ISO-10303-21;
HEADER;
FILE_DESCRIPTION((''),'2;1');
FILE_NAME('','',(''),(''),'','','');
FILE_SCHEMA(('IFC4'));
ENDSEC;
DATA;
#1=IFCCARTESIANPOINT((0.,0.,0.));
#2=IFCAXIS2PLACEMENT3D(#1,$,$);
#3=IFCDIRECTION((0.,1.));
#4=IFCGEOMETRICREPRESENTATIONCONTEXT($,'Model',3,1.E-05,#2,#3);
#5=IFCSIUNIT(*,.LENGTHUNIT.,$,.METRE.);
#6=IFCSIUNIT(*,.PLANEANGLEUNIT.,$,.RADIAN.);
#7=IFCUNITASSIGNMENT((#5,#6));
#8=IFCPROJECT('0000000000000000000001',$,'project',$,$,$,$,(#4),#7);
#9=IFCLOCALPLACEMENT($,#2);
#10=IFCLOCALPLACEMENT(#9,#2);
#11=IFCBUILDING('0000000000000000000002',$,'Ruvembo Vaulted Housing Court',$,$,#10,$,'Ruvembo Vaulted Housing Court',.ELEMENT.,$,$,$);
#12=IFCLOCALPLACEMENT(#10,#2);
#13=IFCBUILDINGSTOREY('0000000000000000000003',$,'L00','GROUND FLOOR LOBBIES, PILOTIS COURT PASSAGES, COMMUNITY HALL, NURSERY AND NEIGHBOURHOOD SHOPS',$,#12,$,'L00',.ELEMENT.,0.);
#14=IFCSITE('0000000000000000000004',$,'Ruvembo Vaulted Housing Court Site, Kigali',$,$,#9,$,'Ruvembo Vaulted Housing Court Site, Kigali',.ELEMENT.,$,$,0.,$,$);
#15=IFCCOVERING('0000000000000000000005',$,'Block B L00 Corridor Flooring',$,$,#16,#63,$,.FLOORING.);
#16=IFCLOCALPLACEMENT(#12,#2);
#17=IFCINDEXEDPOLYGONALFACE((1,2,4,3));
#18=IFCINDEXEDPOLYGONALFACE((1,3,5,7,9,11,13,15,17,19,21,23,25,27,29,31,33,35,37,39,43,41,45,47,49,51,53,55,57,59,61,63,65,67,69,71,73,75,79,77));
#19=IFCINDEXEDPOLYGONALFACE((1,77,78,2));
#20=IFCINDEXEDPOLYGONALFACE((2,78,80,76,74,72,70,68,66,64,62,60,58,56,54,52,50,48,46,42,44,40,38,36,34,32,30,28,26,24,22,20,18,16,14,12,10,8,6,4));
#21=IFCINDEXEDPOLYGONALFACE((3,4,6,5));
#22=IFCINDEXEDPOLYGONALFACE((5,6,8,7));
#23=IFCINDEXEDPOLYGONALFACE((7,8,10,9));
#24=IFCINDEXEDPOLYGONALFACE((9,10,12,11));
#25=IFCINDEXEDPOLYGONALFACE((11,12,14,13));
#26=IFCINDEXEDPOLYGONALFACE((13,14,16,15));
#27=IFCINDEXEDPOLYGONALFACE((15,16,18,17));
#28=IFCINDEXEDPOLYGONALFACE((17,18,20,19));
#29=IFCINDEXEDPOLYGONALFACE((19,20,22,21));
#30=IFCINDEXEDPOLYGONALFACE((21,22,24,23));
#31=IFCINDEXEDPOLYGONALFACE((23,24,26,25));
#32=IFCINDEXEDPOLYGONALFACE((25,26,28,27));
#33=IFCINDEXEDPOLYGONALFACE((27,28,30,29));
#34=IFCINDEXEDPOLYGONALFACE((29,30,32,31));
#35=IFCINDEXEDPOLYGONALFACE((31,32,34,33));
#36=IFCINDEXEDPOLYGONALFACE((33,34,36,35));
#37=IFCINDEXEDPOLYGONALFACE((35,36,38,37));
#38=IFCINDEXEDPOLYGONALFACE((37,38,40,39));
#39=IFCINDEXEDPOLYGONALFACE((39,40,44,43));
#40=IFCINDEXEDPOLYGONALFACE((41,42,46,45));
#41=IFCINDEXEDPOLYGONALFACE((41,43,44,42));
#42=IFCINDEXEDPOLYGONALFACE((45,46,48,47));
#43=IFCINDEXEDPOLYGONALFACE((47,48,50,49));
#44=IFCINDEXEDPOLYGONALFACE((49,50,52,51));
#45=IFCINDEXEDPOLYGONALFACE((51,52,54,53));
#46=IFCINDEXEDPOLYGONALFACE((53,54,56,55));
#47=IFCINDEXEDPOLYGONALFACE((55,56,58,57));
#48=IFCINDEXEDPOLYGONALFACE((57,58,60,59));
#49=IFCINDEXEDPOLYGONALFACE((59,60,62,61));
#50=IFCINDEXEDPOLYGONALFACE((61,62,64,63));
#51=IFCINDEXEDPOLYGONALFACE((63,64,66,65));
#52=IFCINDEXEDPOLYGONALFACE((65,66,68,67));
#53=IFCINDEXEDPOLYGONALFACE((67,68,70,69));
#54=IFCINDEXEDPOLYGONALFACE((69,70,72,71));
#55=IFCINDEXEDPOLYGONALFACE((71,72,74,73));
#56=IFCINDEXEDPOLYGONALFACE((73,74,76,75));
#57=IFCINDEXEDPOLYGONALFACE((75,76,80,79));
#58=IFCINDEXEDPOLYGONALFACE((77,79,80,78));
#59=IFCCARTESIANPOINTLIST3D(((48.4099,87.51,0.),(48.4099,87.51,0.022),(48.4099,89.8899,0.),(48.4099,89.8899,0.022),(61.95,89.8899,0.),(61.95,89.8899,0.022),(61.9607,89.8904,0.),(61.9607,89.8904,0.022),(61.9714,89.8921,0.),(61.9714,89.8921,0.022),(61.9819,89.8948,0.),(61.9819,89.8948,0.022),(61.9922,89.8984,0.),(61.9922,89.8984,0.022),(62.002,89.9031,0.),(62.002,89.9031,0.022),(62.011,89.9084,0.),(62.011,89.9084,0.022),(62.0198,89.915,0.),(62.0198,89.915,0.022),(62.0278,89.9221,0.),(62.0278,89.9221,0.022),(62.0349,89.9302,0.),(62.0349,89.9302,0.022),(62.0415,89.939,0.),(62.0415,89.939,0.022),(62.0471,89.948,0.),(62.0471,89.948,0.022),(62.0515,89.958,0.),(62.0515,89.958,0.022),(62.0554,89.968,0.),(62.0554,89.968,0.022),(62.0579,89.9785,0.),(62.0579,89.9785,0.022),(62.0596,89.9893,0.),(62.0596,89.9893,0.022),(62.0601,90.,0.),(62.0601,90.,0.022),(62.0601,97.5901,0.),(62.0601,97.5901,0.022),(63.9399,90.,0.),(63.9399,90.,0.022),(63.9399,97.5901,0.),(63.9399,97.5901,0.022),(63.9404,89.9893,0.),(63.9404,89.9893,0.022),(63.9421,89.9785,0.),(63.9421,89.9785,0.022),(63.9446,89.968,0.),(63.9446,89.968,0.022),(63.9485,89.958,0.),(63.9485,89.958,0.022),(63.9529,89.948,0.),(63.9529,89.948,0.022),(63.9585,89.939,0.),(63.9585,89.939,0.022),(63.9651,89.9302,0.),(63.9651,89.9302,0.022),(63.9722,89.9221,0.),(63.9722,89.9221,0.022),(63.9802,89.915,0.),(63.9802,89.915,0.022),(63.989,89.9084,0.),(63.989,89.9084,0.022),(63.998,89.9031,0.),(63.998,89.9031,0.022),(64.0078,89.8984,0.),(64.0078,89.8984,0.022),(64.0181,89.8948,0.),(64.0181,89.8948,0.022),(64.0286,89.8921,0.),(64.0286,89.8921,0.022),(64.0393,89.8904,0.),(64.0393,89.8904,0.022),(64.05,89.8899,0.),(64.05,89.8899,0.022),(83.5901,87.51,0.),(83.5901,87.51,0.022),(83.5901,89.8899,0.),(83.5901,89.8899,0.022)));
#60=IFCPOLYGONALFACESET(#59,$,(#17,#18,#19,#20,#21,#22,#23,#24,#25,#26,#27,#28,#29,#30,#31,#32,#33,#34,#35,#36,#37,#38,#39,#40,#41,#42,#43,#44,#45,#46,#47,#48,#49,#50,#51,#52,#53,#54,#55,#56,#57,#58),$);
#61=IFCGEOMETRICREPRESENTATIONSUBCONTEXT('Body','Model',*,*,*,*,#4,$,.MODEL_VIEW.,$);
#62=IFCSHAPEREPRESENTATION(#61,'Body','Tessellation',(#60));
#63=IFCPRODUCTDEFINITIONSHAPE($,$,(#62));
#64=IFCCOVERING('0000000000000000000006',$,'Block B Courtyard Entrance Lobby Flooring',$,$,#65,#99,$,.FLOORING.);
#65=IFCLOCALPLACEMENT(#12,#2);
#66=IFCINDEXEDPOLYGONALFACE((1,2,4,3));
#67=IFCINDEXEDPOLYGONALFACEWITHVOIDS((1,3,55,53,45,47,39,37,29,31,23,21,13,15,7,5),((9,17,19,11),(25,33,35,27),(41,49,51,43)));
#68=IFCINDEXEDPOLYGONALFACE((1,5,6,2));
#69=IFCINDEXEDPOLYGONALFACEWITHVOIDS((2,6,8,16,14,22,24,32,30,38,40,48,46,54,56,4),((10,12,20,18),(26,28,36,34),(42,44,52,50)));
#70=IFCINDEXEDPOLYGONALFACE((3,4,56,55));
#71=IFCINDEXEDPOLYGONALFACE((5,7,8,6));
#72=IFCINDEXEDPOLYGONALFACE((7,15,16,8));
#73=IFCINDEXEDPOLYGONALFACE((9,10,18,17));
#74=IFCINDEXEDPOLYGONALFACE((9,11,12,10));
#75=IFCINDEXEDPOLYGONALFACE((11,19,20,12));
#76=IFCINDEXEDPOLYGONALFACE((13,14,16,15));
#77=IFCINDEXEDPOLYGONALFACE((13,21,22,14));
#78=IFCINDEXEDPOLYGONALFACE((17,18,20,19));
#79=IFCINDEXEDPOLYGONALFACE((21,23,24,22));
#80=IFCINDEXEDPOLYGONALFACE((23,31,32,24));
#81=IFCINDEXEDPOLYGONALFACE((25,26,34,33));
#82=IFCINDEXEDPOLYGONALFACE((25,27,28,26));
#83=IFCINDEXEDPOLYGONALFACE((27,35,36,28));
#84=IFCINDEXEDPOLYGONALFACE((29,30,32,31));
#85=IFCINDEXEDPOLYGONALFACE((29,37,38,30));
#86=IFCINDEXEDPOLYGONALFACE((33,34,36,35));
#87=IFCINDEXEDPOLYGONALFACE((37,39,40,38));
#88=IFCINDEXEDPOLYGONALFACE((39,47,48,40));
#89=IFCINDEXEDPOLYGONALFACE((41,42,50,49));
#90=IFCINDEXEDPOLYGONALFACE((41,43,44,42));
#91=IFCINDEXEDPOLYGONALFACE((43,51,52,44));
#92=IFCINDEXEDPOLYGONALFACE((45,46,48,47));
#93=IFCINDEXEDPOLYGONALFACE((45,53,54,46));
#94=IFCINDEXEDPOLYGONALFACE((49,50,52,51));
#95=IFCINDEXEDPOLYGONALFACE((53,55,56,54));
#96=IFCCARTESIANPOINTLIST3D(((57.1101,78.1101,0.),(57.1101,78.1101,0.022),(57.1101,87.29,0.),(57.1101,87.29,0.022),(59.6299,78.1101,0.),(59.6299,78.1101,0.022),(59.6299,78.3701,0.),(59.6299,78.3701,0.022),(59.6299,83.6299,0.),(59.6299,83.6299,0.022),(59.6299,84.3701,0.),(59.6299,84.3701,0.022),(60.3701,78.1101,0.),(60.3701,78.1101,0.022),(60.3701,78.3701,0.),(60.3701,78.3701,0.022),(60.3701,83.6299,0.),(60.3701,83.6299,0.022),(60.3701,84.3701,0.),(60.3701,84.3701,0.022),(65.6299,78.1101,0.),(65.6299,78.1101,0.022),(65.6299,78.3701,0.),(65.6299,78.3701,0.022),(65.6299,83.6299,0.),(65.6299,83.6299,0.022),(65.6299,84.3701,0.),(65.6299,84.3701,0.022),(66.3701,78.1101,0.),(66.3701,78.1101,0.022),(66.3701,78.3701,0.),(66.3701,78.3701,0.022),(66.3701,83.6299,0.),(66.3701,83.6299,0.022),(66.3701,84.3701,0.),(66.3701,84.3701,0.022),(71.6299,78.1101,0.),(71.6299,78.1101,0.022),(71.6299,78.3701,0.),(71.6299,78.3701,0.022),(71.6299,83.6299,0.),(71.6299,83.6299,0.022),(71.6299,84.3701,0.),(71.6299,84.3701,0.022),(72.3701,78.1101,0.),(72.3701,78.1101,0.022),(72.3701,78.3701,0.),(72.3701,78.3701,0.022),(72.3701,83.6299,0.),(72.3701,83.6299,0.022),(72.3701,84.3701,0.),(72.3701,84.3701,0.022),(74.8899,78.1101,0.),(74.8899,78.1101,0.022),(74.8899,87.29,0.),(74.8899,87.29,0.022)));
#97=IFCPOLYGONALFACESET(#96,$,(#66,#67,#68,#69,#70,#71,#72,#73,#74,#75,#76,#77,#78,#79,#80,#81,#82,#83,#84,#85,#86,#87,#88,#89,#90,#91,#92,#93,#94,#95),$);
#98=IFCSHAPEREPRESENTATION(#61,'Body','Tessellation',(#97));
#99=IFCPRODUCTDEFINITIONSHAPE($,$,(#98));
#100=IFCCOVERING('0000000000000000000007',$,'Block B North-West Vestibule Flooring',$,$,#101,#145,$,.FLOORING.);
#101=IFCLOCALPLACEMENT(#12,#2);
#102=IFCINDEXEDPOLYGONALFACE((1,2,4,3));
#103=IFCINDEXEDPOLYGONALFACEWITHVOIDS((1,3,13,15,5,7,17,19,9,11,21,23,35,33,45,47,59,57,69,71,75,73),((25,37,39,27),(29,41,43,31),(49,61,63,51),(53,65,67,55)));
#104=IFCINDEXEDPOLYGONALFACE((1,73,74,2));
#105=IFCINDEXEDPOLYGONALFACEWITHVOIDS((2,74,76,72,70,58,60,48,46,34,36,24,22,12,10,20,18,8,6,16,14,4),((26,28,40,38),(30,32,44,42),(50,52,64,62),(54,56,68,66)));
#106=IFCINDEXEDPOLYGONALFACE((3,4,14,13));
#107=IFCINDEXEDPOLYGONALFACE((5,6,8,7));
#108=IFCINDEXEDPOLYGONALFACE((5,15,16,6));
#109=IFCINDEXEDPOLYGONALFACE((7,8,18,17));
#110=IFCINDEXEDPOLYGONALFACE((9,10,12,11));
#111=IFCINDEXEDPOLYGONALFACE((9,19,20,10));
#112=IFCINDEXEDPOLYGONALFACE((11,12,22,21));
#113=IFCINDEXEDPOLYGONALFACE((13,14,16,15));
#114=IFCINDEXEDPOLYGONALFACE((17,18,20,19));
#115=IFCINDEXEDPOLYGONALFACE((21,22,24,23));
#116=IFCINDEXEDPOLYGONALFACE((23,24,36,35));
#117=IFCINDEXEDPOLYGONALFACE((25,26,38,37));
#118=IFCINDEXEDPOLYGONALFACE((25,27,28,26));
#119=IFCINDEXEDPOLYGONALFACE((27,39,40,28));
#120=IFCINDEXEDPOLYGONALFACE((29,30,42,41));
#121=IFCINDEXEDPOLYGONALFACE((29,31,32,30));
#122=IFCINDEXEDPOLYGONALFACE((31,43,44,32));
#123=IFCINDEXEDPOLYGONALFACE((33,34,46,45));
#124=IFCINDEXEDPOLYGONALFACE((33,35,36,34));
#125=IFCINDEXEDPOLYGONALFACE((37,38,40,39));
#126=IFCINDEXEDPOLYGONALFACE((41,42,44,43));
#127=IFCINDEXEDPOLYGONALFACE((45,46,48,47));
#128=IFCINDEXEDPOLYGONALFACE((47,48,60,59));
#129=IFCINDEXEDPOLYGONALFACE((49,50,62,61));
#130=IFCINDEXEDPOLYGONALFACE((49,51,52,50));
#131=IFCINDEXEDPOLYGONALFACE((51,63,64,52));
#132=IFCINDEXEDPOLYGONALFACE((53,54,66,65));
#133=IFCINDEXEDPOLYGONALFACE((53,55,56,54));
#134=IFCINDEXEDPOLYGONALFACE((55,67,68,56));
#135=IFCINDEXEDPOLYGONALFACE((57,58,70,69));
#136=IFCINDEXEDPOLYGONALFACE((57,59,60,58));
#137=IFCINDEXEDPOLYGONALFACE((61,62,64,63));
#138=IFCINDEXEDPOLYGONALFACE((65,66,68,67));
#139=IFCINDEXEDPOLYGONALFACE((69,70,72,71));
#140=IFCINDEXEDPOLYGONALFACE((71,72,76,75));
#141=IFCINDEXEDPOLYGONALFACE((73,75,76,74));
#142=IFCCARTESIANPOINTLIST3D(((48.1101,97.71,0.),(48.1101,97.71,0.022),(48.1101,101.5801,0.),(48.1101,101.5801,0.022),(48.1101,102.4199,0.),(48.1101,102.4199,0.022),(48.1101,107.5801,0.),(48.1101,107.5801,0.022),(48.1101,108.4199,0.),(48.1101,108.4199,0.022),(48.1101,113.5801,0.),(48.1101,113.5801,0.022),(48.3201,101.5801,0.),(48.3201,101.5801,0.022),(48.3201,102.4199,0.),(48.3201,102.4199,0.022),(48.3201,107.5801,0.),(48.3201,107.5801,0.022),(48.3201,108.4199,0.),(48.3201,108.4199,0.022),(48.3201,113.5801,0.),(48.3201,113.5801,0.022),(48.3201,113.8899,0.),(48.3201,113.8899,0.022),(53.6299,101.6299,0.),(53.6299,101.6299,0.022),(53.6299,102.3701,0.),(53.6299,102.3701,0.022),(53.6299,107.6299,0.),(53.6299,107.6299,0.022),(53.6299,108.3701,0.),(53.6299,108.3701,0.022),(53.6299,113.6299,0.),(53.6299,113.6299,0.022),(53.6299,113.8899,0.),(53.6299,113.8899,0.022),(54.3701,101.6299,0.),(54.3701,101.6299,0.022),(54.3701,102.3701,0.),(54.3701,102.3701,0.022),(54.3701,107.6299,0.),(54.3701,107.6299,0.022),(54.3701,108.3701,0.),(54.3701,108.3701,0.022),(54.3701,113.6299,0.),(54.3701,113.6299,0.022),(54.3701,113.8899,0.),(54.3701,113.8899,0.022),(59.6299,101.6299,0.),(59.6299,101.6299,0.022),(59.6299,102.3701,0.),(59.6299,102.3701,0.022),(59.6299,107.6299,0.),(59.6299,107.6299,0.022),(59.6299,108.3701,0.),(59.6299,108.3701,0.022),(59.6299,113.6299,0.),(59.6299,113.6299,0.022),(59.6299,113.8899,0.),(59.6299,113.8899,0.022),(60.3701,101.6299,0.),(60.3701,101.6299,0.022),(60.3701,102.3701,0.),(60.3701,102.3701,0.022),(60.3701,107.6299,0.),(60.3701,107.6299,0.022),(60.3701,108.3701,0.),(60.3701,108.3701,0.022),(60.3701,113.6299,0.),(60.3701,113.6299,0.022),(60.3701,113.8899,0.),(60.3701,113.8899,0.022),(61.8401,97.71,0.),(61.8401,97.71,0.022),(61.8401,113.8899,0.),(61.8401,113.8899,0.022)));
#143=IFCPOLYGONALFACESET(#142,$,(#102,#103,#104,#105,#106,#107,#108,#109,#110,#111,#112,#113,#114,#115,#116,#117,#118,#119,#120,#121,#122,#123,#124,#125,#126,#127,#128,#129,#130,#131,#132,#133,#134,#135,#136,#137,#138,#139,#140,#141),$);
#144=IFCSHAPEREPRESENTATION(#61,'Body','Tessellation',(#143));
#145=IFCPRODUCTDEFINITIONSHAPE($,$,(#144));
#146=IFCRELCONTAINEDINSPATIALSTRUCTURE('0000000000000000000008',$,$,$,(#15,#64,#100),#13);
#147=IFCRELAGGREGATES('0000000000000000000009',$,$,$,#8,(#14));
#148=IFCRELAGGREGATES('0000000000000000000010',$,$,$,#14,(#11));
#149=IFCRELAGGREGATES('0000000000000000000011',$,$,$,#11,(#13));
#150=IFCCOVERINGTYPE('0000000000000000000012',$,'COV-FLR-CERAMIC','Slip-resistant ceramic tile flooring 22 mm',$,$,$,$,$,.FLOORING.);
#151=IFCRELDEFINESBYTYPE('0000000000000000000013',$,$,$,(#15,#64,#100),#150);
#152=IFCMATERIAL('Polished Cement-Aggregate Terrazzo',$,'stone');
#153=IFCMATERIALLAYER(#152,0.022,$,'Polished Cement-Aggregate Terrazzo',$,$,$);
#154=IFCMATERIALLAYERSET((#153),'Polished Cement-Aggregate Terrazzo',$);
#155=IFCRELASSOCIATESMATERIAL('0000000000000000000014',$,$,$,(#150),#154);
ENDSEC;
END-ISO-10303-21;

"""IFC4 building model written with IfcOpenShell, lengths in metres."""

from ifc_helpers import new_model, si_unit, direction, origin, place, context, subcontext, project, spatial, polyline, outline, extrude, material, layer, layer_set, type_object, element, save


model = new_model("IFC4")

# Units and contexts
model_context = context("Model", 3, precision=1e-05, world=origin(), true_north=direction((0.0, 1.0)))
body_context = subcontext(model_context, "Body", "Model", "MODEL_VIEW")
ifc_project = project(units=[si_unit("LENGTHUNIT", "METRE"), si_unit("PLANEANGLEUNIT", "RADIAN")], contexts=[model_context])

# Site, building, storey
site_placement = place(None, origin())
site = spatial("IfcSite", under=ifc_project, at=site_placement, Name="Ruvembo Vaulted Housing Court Site, Kigali", LongName="Ruvembo Vaulted Housing Court Site, Kigali", CompositionType="ELEMENT", RefElevation=0.0)
building_placement = place(site_placement, origin())
building = spatial("IfcBuilding", under=site, at=building_placement, Name="Ruvembo Vaulted Housing Court", LongName="Ruvembo Vaulted Housing Court", CompositionType="ELEMENT")
storey_placement = place(building_placement, origin())
storey = spatial("IfcBuildingStorey", under=building, at=storey_placement, Name="L00", Description="GROUND FLOOR LOBBIES, PILOTIS COURT PASSAGES, COMMUNITY HALL, NURSERY AND NEIGHBOURHOOD SHOPS", LongName="L00", CompositionType="ELEMENT", Elevation=0.0)

# Coverings
ifc_material_1 = material(Name="Polished Cement-Aggregate Terrazzo", Category="stone")
ifc_layer_1 = layer(ifc_material_1, 0.022, Name="Polished Cement-Aggregate Terrazzo")
ifc_layer_set_1 = layer_set([ifc_layer_1], Name="Polished Cement-Aggregate Terrazzo")
covering_type_1 = type_object("IfcCoveringType", Name="COV-FLR-CERAMIC", Description="Slip-resistant ceramic tile flooring 22 mm", PredefinedType="FLOORING", material=ifc_layer_set_1)
covering_1_placement = place(storey_placement, origin())
element("IfcCovering", 1, at=covering_1_placement, inside=storey, type_object=covering_type_1, Name="Block B L00 Corridor Flooring", PredefinedType="FLOORING", context=body_context, shape_type="SweptSolid", body=[
    extrude(outline(polyline([(61.95, 89.8899), (48.4099, 89.8899), (48.4099, 87.51), (83.5901, 87.51), (83.5901, 89.8899), (64.05, 89.8899), (64.0393, 89.8904), (64.0286, 89.8921), (64.0181, 89.8948), (64.0078, 89.8984), (63.998, 89.9031), (63.989, 89.9084), (63.9802, 89.915), (63.9722, 89.9221), (63.9651, 89.9302), (63.9585, 89.939), (63.9529, 89.948), (63.9485, 89.958), (63.9446, 89.968), (63.9421, 89.9785), (63.9404, 89.9893), (63.9399, 90.0), (63.9399, 97.5901), (62.0601, 97.5901), (62.0601, 90.0), (62.0596, 89.9893), (62.0579, 89.9785), (62.0554, 89.968), (62.0515, 89.958), (62.0471, 89.948), (62.0415, 89.939), (62.0349, 89.9302), (62.0278, 89.9221), (62.0198, 89.915), (62.011, 89.9084), (62.002, 89.9031), (61.9922, 89.8984), (61.9819, 89.8948), (61.9714, 89.8921), (61.9607, 89.8904), (61.95, 89.8899)])), origin(), (0.0, 0.0, 1.0), 0.022),
])
covering_2_placement = place(storey_placement, origin())
element("IfcCovering", 2, at=covering_2_placement, inside=storey, type_object=covering_type_1, Name="Block B Courtyard Entrance Lobby Flooring", PredefinedType="FLOORING", context=body_context, shape_type="SweptSolid", body=[
    extrude(outline(polyline([(71.6299, 78.3701), (72.3701, 78.3701), (72.3701, 78.1101), (74.8899, 78.1101), (74.8899, 87.29), (57.1101, 87.29), (57.1101, 78.1101), (59.6299, 78.1101), (59.6299, 78.3701), (60.3701, 78.3701), (60.3701, 78.1101), (65.6299, 78.1101), (65.6299, 78.3701), (66.3701, 78.3701), (66.3701, 78.1101), (71.6299, 78.1101), (71.6299, 78.3701)]), holes=[polyline([(60.3701, 83.6299), (60.3701, 84.3701), (59.6299, 84.3701), (59.6299, 83.6299), (60.3701, 83.6299)]), polyline([(65.6299, 83.6299), (66.3701, 83.6299), (66.3701, 84.3701), (65.6299, 84.3701), (65.6299, 83.6299)]), polyline([(71.6299, 83.6299), (72.3701, 83.6299), (72.3701, 84.3701), (71.6299, 84.3701), (71.6299, 83.6299)])]), origin(), (0.0, 0.0, 1.0), 0.022),
])
covering_3_placement = place(storey_placement, origin())
element("IfcCovering", 3, at=covering_3_placement, inside=storey, type_object=covering_type_1, Name="Block B North-West Vestibule Flooring", PredefinedType="FLOORING", context=body_context, shape_type="SweptSolid", body=[
    extrude(outline(polyline([(48.3201, 102.4199), (48.3201, 101.5801), (48.1101, 101.5801), (48.1101, 97.71), (61.8401, 97.71), (61.8401, 113.8899), (60.3701, 113.8899), (60.3701, 113.6299), (59.6299, 113.6299), (59.6299, 113.8899), (54.3701, 113.8899), (54.3701, 113.6299), (53.6299, 113.6299), (53.6299, 113.8899), (48.3201, 113.8899), (48.3201, 113.5801), (48.1101, 113.5801), (48.1101, 108.4199), (48.3201, 108.4199), (48.3201, 107.5801), (48.1101, 107.5801), (48.1101, 102.4199), (48.3201, 102.4199)]), holes=[polyline([(54.3701, 101.6299), (54.3701, 102.3701), (53.6299, 102.3701), (53.6299, 101.6299), (54.3701, 101.6299)]), polyline([(53.6299, 107.6299), (54.3701, 107.6299), (54.3701, 108.3701), (53.6299, 108.3701), (53.6299, 107.6299)]), polyline([(59.6299, 101.6299), (60.3701, 101.6299), (60.3701, 102.3701), (59.6299, 102.3701), (59.6299, 101.6299)]), polyline([(59.6299, 107.6299), (60.3701, 107.6299), (60.3701, 108.3701), (59.6299, 108.3701), (59.6299, 107.6299)])]), origin(), (0.0, 0.0, 1.0), 0.022),
])

save(model, "model.ifc")
